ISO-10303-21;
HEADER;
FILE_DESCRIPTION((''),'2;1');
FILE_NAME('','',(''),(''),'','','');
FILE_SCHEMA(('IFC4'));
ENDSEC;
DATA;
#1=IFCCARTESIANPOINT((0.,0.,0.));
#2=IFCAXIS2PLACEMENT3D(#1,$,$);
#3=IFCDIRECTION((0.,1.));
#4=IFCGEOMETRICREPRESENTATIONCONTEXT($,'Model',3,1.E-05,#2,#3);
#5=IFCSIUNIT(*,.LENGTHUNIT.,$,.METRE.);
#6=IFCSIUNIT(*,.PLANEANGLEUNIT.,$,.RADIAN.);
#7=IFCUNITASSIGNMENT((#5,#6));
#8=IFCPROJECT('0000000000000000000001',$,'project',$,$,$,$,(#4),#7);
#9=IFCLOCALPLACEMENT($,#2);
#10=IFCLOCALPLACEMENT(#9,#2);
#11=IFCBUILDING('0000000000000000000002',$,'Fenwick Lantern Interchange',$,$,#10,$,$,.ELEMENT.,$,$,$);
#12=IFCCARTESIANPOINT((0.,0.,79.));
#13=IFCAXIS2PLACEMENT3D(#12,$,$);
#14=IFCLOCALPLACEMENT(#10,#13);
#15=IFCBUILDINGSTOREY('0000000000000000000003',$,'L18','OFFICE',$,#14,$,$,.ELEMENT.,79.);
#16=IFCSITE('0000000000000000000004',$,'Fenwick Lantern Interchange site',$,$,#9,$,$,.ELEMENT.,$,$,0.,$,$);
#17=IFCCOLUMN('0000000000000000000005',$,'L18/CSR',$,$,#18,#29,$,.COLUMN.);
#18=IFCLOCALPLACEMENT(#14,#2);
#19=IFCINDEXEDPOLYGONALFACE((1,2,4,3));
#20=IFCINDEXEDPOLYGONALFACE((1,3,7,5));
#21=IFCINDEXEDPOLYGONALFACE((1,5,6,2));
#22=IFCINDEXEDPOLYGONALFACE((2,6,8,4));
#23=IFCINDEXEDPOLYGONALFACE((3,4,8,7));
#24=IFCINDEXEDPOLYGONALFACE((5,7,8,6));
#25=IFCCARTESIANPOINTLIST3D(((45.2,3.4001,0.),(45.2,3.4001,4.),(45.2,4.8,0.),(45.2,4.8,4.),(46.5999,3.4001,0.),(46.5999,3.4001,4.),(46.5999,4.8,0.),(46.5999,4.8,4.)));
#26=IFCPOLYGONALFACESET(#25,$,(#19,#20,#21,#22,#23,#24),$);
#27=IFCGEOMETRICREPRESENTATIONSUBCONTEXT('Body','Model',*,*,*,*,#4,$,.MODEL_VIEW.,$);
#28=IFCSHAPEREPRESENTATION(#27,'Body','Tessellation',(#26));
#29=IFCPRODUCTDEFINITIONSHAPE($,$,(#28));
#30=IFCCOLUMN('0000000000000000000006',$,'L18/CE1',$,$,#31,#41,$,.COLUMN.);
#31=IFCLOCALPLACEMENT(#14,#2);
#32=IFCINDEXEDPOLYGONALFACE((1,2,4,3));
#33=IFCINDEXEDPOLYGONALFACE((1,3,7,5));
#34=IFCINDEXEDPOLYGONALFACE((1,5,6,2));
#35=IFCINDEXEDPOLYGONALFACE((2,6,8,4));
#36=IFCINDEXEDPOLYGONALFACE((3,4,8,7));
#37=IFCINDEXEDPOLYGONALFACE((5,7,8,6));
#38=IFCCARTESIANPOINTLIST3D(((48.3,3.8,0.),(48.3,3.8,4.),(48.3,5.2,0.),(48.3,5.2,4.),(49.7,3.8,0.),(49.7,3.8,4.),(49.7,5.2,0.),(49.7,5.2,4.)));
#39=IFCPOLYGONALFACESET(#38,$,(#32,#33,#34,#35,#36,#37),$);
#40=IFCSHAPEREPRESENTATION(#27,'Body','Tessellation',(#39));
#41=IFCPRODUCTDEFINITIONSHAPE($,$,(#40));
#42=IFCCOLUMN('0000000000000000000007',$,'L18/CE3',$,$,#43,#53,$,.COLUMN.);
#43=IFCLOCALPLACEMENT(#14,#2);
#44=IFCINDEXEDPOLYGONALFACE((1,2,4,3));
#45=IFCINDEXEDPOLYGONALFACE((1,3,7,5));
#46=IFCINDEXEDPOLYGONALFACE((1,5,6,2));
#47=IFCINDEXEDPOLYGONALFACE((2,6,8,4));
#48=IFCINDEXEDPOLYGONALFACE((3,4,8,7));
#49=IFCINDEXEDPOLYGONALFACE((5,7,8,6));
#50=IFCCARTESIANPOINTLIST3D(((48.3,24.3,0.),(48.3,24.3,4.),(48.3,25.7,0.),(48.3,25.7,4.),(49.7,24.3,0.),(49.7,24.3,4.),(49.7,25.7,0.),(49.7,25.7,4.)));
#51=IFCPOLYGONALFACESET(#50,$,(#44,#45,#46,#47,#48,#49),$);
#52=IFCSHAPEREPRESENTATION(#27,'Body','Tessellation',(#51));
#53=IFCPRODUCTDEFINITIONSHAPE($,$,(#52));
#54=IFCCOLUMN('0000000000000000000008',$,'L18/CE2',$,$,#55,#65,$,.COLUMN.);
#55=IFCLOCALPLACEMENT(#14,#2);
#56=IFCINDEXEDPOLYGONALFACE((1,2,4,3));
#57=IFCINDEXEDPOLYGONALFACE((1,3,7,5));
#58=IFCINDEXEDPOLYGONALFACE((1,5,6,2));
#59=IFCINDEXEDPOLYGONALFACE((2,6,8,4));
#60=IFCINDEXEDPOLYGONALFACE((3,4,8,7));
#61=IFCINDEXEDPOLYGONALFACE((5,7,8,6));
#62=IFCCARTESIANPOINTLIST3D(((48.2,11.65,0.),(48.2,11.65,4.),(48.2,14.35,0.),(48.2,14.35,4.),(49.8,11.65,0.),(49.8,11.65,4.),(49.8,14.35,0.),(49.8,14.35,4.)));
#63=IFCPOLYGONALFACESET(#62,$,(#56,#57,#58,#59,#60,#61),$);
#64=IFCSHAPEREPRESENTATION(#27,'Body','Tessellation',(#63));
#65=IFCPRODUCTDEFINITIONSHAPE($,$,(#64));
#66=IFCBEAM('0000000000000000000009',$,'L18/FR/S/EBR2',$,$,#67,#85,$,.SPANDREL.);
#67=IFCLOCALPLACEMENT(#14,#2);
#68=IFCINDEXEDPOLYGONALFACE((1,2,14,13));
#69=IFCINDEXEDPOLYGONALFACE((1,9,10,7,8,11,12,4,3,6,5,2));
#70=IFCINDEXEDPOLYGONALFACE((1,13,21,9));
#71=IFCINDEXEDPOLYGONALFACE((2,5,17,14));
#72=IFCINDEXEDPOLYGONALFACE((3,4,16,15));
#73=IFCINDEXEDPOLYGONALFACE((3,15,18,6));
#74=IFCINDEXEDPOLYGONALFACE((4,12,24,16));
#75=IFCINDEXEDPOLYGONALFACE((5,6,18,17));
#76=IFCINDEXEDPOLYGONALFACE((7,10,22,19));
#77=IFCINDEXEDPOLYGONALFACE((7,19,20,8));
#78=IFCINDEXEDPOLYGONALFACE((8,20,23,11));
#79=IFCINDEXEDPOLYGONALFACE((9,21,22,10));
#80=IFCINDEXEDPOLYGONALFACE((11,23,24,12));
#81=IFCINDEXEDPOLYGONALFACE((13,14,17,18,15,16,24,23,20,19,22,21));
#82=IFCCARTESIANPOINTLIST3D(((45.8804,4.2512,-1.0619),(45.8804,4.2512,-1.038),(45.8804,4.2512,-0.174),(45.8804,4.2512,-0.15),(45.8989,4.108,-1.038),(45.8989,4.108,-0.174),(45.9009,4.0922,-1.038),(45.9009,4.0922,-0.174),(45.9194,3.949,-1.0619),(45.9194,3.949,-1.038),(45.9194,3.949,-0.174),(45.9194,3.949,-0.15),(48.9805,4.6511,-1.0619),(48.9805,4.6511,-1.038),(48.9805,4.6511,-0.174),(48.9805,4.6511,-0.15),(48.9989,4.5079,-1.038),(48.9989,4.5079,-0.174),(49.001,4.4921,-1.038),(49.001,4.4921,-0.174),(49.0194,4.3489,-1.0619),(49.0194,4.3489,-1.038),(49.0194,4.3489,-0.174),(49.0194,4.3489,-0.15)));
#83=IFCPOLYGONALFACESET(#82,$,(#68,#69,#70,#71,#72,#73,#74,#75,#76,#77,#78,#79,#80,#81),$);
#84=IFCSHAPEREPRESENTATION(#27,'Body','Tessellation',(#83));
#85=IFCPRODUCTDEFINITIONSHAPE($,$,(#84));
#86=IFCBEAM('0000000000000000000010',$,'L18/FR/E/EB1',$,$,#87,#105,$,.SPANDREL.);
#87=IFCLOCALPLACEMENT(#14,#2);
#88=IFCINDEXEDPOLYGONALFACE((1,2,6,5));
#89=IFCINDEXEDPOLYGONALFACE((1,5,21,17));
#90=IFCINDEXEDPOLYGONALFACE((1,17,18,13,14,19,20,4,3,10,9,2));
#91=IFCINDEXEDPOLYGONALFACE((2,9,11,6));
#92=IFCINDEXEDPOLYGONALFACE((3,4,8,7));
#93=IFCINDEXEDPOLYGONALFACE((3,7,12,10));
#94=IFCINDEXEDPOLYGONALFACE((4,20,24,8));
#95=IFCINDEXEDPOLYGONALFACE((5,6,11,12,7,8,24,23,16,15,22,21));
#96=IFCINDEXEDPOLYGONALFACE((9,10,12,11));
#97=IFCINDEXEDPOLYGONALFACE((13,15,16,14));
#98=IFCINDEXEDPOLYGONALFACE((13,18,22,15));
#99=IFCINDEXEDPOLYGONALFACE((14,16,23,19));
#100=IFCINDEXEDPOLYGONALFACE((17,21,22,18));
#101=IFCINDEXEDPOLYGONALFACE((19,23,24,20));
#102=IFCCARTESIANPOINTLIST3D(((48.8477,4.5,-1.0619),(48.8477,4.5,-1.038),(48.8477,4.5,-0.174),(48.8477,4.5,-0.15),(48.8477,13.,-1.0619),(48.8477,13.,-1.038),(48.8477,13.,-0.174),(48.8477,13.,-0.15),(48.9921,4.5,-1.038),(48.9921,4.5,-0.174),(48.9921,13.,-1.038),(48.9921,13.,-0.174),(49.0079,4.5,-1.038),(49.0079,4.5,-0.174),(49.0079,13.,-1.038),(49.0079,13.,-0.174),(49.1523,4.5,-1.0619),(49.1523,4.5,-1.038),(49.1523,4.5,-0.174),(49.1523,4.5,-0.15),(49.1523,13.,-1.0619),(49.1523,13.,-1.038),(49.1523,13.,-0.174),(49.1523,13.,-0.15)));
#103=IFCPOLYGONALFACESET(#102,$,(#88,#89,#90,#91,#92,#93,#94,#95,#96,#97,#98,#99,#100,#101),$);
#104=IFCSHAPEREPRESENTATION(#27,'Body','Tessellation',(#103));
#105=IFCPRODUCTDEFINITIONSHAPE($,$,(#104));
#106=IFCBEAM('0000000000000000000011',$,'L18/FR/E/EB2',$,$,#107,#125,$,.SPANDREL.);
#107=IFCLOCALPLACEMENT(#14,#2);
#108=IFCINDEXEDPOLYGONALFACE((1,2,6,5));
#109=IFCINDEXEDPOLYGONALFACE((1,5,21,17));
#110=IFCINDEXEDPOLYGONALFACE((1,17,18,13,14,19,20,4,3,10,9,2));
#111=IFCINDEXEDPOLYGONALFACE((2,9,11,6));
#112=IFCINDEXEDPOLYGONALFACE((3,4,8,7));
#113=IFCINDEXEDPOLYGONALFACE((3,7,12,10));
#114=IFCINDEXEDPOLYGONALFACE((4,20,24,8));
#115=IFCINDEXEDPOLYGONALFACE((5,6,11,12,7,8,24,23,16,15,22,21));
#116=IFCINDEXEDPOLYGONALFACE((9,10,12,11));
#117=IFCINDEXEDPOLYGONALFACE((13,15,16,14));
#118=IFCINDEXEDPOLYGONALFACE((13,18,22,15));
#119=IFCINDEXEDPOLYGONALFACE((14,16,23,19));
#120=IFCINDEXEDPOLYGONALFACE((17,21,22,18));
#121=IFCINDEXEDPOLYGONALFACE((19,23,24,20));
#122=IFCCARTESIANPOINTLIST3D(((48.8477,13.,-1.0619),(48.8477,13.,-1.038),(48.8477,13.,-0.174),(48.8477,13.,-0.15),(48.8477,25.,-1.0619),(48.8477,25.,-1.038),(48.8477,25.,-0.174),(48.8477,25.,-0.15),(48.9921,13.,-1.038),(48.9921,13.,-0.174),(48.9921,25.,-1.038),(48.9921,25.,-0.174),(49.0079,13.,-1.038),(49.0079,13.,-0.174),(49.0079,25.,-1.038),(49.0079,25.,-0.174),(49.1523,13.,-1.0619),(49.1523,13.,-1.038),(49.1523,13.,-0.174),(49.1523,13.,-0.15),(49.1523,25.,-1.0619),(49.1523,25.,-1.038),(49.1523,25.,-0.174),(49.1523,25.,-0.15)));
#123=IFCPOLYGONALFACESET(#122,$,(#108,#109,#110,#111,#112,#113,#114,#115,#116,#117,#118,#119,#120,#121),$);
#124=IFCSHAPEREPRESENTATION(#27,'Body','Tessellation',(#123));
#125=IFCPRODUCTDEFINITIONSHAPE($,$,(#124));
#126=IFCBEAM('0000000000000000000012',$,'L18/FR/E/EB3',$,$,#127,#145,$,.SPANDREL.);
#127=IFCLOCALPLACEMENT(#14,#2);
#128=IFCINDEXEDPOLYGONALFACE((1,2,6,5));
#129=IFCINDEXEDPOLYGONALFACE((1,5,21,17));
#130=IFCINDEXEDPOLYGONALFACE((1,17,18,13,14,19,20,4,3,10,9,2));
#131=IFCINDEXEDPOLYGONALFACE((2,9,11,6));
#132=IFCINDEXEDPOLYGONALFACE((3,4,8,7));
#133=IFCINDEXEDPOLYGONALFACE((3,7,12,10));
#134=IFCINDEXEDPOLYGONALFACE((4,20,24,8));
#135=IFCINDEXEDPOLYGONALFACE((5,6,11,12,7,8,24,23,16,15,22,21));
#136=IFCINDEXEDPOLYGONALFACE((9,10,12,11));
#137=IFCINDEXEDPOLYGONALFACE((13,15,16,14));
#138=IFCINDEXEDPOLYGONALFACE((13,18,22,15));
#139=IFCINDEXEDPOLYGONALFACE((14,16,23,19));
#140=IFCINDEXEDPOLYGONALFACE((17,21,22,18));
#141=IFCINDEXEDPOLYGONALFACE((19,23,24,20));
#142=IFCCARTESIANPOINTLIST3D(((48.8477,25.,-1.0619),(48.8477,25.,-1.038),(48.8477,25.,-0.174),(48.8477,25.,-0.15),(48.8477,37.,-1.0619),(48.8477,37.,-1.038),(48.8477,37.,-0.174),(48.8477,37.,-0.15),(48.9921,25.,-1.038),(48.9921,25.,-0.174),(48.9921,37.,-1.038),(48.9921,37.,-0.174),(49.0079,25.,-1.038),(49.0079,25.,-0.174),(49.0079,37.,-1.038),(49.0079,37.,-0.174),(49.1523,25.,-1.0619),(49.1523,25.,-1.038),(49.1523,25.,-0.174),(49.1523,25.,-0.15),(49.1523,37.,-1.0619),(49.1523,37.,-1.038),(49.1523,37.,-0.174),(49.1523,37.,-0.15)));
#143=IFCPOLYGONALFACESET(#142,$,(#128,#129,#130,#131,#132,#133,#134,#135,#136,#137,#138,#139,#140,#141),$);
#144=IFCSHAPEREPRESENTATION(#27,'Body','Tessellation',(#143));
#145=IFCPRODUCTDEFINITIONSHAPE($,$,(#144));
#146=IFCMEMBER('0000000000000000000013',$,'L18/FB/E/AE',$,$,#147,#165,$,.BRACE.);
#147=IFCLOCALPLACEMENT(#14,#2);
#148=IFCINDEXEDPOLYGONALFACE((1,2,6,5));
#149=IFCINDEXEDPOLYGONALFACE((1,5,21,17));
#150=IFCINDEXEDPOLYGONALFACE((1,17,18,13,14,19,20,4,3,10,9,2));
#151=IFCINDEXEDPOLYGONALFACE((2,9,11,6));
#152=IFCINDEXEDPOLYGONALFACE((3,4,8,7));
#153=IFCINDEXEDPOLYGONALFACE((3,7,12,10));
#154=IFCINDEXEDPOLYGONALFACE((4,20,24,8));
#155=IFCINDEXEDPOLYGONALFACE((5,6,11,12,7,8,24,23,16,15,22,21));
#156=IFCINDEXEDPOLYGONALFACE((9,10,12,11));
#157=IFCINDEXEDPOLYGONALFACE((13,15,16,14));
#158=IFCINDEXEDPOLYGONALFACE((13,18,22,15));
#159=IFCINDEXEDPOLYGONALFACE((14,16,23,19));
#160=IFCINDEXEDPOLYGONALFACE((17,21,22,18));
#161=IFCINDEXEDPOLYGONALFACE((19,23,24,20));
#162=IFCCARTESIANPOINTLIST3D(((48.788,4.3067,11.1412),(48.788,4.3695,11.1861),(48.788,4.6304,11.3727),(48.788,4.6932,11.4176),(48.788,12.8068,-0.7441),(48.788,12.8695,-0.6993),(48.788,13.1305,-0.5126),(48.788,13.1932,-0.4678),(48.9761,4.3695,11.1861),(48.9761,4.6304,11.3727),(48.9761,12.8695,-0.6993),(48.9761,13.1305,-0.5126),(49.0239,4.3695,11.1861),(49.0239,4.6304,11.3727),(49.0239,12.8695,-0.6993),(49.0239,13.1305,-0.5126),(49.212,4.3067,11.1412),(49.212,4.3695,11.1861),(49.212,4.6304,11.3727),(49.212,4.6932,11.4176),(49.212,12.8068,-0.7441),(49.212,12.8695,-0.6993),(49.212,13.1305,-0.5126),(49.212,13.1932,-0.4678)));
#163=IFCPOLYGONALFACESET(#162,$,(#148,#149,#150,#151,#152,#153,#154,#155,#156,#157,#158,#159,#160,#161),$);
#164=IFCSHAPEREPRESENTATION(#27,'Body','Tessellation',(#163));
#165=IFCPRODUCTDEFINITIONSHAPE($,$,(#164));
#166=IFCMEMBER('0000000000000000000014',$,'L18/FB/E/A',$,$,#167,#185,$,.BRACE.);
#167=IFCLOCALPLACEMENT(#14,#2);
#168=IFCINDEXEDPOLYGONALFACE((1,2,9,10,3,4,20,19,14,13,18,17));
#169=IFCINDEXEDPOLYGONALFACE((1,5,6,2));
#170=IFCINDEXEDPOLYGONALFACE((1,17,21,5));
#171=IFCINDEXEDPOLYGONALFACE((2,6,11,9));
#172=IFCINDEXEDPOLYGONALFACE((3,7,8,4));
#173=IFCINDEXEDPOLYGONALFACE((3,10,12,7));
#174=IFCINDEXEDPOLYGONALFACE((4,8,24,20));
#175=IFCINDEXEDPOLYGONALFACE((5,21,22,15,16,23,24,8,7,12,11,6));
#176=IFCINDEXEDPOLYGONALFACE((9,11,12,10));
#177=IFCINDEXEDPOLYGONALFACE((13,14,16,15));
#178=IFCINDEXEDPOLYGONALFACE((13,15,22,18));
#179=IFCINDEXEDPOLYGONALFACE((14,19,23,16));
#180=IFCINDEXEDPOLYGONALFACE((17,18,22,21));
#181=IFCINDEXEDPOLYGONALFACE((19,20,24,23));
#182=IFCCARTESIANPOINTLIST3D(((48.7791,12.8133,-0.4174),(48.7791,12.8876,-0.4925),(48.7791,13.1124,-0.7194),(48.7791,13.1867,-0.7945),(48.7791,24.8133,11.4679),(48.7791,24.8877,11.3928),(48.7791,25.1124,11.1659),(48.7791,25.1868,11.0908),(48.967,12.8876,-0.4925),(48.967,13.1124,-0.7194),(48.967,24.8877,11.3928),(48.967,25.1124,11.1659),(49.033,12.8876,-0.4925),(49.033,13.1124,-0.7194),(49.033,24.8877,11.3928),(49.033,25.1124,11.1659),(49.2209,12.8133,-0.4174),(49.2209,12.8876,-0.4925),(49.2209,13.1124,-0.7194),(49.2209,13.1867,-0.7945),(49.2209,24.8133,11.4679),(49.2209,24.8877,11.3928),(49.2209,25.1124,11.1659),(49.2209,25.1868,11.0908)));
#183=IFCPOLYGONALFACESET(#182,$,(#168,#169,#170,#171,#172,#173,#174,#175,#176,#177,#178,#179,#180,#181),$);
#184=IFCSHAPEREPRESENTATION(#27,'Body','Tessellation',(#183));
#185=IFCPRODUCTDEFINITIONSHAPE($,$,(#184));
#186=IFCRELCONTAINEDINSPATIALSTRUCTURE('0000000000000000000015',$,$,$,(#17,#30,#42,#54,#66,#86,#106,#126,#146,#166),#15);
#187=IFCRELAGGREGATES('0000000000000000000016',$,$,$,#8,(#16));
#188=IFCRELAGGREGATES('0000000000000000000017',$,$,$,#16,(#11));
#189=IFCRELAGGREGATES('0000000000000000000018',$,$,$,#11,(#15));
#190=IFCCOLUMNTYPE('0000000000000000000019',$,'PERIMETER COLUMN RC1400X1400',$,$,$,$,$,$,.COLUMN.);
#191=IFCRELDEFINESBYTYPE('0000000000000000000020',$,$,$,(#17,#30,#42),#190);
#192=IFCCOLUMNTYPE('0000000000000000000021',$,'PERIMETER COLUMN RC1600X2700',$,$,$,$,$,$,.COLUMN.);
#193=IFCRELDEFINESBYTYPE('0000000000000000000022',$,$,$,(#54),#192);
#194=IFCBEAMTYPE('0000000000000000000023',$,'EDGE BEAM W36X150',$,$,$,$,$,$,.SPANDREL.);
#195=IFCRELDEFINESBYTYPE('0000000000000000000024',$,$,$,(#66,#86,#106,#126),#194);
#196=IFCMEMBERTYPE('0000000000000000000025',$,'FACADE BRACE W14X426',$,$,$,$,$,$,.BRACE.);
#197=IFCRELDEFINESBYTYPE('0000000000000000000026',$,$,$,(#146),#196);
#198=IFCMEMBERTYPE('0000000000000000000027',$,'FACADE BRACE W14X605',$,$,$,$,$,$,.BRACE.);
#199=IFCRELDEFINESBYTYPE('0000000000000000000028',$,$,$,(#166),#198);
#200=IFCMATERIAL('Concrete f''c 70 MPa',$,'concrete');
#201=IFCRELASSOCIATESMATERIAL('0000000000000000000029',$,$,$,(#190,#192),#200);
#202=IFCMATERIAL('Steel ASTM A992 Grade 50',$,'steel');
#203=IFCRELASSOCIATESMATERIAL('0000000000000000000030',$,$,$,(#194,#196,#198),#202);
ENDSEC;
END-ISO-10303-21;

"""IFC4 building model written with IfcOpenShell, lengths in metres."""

from ifc_helpers import new_model, si_unit, direction, frame, origin, origin_2d, place, context, subcontext, project, spatial, rectangle, i_section, extrude, material, material_profile, profile_set, type_object, element, save


model = new_model("IFC4")

# Units and contexts
model_context = context("Model", 3, precision=1e-05, world=origin(), true_north=direction((0.0, 1.0)))
body_context = subcontext(model_context, "Body", "Model", "MODEL_VIEW")
ifc_project = project(units=[si_unit("LENGTHUNIT", "METRE"), si_unit("PLANEANGLEUNIT", "RADIAN")], contexts=[model_context])

# Site, building, storey
site_placement = place(None, origin())
site = spatial("IfcSite", under=ifc_project, at=site_placement, Name="Fenwick Lantern Interchange site", CompositionType="ELEMENT", RefElevation=0.0)
building_placement = place(site_placement, origin())
building = spatial("IfcBuilding", under=site, at=building_placement, Name="Fenwick Lantern Interchange", CompositionType="ELEMENT")
storey_placement = place(building_placement, frame((0.0, 0.0, 79.0)))
storey = spatial("IfcBuildingStorey", under=building, at=storey_placement, Name="L18", Description="OFFICE", CompositionType="ELEMENT", Elevation=79.0)

# Columns
ifc_material_1 = material(Name="Concrete f'c 70 MPa", Category="concrete")
ifc_material_profile_1 = material_profile(ifc_material_1, rectangle(XDim=1.3999, YDim=1.3999, at=origin_2d()), Name="RC1400X1400")
ifc_profile_set_1 = profile_set([ifc_material_profile_1], Name="Concrete f'c 70 MPa")
column_type_1 = type_object("IfcColumnType", Name="PERIMETER COLUMN RC1400X1400", PredefinedType="COLUMN", material=ifc_profile_set_1)
for number, where, z_axis, x_axis, name in (
    (1, (45.8999, 4.1001, 0.0), (0.0, 0.0, 1.0), (1.0, 0.0, 0.0), "L18/CSR"),
    (2, (49.0, 4.5, 0.0), (0.0, 0.0, 1.0), (1.0, 0.0, 0.0), "L18/CE1"),
    (3, (49.0, 25.0, 0.0), (0.0, 0.0, 1.0), (1.0, 0.0, 0.0), "L18/CE3"),
):
    element("IfcColumn", number, at=place(storey_placement, frame(where, z_axis=z_axis, x_axis=x_axis)), inside=storey, type_object=column_type_1, Name=name, PredefinedType="COLUMN", context=body_context, shape_type="SweptSolid", body=[
        extrude(rectangle(XDim=1.3999, YDim=1.3999, at=origin_2d()), origin(), (0.0, 0.0, 1.0), 4.0),
    ])
ifc_material_profile_2 = material_profile(ifc_material_1, rectangle(XDim=1.6001, YDim=2.7, at=origin_2d()), Name="RC1600X2700")
ifc_profile_set_2 = profile_set([ifc_material_profile_2], Name="Concrete f'c 70 MPa")
column_type_2 = type_object("IfcColumnType", Name="PERIMETER COLUMN RC1600X2700", PredefinedType="COLUMN", material=ifc_profile_set_2)
column_placement = place(storey_placement, frame((49.0, 13.0, 0.0), z_axis=(0.0, 0.0, 1.0), x_axis=(1.0, 0.0, 0.0)))
element("IfcColumn", 4, at=column_placement, inside=storey, type_object=column_type_2, Name="L18/CE2", PredefinedType="COLUMN", context=body_context, shape_type="SweptSolid", body=[
    extrude(rectangle(XDim=1.6001, YDim=2.7, at=origin_2d()), origin(), (0.0, 0.0, 1.0), 4.0),
])

# Beams
ifc_material_2 = material(Name="Steel ASTM A992 Grade 50", Category="steel")
ifc_material_profile_3 = material_profile(ifc_material_2, i_section(OverallWidth=0.3047, OverallDepth=0.9119, WebThickness=0.0159, FlangeThickness=0.0239, at=origin_2d()), Name="W36X150")
ifc_profile_set_3 = profile_set([ifc_material_profile_3], Name="Steel ASTM A992 Grade 50")
beam_type_1 = type_object("IfcBeamType", Name="EDGE BEAM W36X150", PredefinedType="SPANDREL", material=ifc_profile_set_3)
beam_1_placement = place(storey_placement, frame((45.8999, 4.1001, -0.606), z_axis=(0.991782, 0.127937, 0.0), x_axis=(-0.127937, 0.991782, 0.0)))
element("IfcBeam", 5, at=beam_1_placement, inside=storey, type_object=beam_type_1, Name="L18/FR/S/EBR2", PredefinedType="SPANDREL", context=body_context, shape_type="SweptSolid", body=[
    extrude(i_section(OverallWidth=0.3047, OverallDepth=0.9119, WebThickness=0.0159, FlangeThickness=0.0239, at=origin_2d()), origin(), (0.0, 0.0, 1.0), 3.1257),
])
beam_2_placement = place(storey_placement, frame((49.0, 4.5, -0.606), z_axis=(0.0, 1.0, 0.0), x_axis=(-1.0, 0.0, 0.0)))
element("IfcBeam", 6, at=beam_2_placement, inside=storey, type_object=beam_type_1, Name="L18/FR/E/EB1", PredefinedType="SPANDREL", context=body_context, shape_type="SweptSolid", body=[
    extrude(i_section(OverallWidth=0.3047, OverallDepth=0.9119, WebThickness=0.0159, FlangeThickness=0.0239, at=origin_2d()), origin(), (0.0, 0.0, 1.0), 8.5),
])
for number, where, z_axis, x_axis, name in (
    (7, (49.0, 13.0, -0.606), (0.0, 1.0, 0.0), (-1.0, 0.0, 0.0), "L18/FR/E/EB2"),
    (8, (49.0, 25.0, -0.606), (0.0, 1.0, 0.0), (-1.0, 0.0, 0.0), "L18/FR/E/EB3"),
):
    element("IfcBeam", number, at=place(storey_placement, frame(where, z_axis=z_axis, x_axis=x_axis)), inside=storey, type_object=beam_type_1, Name=name, PredefinedType="SPANDREL", context=body_context, shape_type="SweptSolid", body=[
        extrude(i_section(OverallWidth=0.3047, OverallDepth=0.9119, WebThickness=0.0159, FlangeThickness=0.0239, at=origin_2d()), origin(), (0.0, 0.0, 1.0), 12.0),
    ])

# Members
ifc_material_profile_4 = material_profile(ifc_material_2, i_section(OverallWidth=0.4241, OverallDepth=0.4751, WebThickness=0.0479, FlangeThickness=0.0771, at=origin_2d()), Name="W14X426")
ifc_profile_set_4 = profile_set([ifc_material_profile_4], Name="Steel ASTM A992 Grade 50")
member_type_1 = type_object("IfcMemberType", Name="FACADE BRACE W14X426", PredefinedType="BRACE", material=ifc_profile_set_4)
member_1_placement = place(storey_placement, frame((49.0, 13.0, -0.606), z_axis=(0.0, -0.581715, 0.813392), x_axis=(1.0, 0.0, 0.0)))
element("IfcMember", 9, at=member_1_placement, inside=storey, type_object=member_type_1, Name="L18/FB/E/AE", PredefinedType="BRACE", context=body_context, shape_type="SweptSolid", body=[
    extrude(i_section(OverallWidth=0.4241, OverallDepth=0.4751, WebThickness=0.0479, FlangeThickness=0.0771, at=origin_2d()), origin(), (0.0, 0.0, 1.0), 14.6121),
])
ifc_material_profile_5 = material_profile(ifc_material_2, i_section(OverallWidth=0.4419, OverallDepth=0.5308, WebThickness=0.0659, FlangeThickness=0.1057, at=origin_2d()), Name="W14X605")
ifc_profile_set_5 = profile_set([ifc_material_profile_5], Name="Steel ASTM A992 Grade 50")
member_type_2 = type_object("IfcMemberType", Name="FACADE BRACE W14X605", PredefinedType="BRACE", material=ifc_profile_set_5)
member_2_placement = place(storey_placement, frame((49.0, 13.0, -0.606), z_axis=(0.0, 0.710496, 0.703702), x_axis=(-1.0, 0.0, 0.0)))
element("IfcMember", 10, at=member_2_placement, inside=storey, type_object=member_type_2, Name="L18/FB/E/A", PredefinedType="BRACE", context=body_context, shape_type="SweptSolid", body=[
    extrude(i_section(OverallWidth=0.4419, OverallDepth=0.5308, WebThickness=0.0659, FlangeThickness=0.1057, at=origin_2d()), origin(), (0.0, 0.0, 1.0), 16.8896),
])

save(model, "model.ifc")
